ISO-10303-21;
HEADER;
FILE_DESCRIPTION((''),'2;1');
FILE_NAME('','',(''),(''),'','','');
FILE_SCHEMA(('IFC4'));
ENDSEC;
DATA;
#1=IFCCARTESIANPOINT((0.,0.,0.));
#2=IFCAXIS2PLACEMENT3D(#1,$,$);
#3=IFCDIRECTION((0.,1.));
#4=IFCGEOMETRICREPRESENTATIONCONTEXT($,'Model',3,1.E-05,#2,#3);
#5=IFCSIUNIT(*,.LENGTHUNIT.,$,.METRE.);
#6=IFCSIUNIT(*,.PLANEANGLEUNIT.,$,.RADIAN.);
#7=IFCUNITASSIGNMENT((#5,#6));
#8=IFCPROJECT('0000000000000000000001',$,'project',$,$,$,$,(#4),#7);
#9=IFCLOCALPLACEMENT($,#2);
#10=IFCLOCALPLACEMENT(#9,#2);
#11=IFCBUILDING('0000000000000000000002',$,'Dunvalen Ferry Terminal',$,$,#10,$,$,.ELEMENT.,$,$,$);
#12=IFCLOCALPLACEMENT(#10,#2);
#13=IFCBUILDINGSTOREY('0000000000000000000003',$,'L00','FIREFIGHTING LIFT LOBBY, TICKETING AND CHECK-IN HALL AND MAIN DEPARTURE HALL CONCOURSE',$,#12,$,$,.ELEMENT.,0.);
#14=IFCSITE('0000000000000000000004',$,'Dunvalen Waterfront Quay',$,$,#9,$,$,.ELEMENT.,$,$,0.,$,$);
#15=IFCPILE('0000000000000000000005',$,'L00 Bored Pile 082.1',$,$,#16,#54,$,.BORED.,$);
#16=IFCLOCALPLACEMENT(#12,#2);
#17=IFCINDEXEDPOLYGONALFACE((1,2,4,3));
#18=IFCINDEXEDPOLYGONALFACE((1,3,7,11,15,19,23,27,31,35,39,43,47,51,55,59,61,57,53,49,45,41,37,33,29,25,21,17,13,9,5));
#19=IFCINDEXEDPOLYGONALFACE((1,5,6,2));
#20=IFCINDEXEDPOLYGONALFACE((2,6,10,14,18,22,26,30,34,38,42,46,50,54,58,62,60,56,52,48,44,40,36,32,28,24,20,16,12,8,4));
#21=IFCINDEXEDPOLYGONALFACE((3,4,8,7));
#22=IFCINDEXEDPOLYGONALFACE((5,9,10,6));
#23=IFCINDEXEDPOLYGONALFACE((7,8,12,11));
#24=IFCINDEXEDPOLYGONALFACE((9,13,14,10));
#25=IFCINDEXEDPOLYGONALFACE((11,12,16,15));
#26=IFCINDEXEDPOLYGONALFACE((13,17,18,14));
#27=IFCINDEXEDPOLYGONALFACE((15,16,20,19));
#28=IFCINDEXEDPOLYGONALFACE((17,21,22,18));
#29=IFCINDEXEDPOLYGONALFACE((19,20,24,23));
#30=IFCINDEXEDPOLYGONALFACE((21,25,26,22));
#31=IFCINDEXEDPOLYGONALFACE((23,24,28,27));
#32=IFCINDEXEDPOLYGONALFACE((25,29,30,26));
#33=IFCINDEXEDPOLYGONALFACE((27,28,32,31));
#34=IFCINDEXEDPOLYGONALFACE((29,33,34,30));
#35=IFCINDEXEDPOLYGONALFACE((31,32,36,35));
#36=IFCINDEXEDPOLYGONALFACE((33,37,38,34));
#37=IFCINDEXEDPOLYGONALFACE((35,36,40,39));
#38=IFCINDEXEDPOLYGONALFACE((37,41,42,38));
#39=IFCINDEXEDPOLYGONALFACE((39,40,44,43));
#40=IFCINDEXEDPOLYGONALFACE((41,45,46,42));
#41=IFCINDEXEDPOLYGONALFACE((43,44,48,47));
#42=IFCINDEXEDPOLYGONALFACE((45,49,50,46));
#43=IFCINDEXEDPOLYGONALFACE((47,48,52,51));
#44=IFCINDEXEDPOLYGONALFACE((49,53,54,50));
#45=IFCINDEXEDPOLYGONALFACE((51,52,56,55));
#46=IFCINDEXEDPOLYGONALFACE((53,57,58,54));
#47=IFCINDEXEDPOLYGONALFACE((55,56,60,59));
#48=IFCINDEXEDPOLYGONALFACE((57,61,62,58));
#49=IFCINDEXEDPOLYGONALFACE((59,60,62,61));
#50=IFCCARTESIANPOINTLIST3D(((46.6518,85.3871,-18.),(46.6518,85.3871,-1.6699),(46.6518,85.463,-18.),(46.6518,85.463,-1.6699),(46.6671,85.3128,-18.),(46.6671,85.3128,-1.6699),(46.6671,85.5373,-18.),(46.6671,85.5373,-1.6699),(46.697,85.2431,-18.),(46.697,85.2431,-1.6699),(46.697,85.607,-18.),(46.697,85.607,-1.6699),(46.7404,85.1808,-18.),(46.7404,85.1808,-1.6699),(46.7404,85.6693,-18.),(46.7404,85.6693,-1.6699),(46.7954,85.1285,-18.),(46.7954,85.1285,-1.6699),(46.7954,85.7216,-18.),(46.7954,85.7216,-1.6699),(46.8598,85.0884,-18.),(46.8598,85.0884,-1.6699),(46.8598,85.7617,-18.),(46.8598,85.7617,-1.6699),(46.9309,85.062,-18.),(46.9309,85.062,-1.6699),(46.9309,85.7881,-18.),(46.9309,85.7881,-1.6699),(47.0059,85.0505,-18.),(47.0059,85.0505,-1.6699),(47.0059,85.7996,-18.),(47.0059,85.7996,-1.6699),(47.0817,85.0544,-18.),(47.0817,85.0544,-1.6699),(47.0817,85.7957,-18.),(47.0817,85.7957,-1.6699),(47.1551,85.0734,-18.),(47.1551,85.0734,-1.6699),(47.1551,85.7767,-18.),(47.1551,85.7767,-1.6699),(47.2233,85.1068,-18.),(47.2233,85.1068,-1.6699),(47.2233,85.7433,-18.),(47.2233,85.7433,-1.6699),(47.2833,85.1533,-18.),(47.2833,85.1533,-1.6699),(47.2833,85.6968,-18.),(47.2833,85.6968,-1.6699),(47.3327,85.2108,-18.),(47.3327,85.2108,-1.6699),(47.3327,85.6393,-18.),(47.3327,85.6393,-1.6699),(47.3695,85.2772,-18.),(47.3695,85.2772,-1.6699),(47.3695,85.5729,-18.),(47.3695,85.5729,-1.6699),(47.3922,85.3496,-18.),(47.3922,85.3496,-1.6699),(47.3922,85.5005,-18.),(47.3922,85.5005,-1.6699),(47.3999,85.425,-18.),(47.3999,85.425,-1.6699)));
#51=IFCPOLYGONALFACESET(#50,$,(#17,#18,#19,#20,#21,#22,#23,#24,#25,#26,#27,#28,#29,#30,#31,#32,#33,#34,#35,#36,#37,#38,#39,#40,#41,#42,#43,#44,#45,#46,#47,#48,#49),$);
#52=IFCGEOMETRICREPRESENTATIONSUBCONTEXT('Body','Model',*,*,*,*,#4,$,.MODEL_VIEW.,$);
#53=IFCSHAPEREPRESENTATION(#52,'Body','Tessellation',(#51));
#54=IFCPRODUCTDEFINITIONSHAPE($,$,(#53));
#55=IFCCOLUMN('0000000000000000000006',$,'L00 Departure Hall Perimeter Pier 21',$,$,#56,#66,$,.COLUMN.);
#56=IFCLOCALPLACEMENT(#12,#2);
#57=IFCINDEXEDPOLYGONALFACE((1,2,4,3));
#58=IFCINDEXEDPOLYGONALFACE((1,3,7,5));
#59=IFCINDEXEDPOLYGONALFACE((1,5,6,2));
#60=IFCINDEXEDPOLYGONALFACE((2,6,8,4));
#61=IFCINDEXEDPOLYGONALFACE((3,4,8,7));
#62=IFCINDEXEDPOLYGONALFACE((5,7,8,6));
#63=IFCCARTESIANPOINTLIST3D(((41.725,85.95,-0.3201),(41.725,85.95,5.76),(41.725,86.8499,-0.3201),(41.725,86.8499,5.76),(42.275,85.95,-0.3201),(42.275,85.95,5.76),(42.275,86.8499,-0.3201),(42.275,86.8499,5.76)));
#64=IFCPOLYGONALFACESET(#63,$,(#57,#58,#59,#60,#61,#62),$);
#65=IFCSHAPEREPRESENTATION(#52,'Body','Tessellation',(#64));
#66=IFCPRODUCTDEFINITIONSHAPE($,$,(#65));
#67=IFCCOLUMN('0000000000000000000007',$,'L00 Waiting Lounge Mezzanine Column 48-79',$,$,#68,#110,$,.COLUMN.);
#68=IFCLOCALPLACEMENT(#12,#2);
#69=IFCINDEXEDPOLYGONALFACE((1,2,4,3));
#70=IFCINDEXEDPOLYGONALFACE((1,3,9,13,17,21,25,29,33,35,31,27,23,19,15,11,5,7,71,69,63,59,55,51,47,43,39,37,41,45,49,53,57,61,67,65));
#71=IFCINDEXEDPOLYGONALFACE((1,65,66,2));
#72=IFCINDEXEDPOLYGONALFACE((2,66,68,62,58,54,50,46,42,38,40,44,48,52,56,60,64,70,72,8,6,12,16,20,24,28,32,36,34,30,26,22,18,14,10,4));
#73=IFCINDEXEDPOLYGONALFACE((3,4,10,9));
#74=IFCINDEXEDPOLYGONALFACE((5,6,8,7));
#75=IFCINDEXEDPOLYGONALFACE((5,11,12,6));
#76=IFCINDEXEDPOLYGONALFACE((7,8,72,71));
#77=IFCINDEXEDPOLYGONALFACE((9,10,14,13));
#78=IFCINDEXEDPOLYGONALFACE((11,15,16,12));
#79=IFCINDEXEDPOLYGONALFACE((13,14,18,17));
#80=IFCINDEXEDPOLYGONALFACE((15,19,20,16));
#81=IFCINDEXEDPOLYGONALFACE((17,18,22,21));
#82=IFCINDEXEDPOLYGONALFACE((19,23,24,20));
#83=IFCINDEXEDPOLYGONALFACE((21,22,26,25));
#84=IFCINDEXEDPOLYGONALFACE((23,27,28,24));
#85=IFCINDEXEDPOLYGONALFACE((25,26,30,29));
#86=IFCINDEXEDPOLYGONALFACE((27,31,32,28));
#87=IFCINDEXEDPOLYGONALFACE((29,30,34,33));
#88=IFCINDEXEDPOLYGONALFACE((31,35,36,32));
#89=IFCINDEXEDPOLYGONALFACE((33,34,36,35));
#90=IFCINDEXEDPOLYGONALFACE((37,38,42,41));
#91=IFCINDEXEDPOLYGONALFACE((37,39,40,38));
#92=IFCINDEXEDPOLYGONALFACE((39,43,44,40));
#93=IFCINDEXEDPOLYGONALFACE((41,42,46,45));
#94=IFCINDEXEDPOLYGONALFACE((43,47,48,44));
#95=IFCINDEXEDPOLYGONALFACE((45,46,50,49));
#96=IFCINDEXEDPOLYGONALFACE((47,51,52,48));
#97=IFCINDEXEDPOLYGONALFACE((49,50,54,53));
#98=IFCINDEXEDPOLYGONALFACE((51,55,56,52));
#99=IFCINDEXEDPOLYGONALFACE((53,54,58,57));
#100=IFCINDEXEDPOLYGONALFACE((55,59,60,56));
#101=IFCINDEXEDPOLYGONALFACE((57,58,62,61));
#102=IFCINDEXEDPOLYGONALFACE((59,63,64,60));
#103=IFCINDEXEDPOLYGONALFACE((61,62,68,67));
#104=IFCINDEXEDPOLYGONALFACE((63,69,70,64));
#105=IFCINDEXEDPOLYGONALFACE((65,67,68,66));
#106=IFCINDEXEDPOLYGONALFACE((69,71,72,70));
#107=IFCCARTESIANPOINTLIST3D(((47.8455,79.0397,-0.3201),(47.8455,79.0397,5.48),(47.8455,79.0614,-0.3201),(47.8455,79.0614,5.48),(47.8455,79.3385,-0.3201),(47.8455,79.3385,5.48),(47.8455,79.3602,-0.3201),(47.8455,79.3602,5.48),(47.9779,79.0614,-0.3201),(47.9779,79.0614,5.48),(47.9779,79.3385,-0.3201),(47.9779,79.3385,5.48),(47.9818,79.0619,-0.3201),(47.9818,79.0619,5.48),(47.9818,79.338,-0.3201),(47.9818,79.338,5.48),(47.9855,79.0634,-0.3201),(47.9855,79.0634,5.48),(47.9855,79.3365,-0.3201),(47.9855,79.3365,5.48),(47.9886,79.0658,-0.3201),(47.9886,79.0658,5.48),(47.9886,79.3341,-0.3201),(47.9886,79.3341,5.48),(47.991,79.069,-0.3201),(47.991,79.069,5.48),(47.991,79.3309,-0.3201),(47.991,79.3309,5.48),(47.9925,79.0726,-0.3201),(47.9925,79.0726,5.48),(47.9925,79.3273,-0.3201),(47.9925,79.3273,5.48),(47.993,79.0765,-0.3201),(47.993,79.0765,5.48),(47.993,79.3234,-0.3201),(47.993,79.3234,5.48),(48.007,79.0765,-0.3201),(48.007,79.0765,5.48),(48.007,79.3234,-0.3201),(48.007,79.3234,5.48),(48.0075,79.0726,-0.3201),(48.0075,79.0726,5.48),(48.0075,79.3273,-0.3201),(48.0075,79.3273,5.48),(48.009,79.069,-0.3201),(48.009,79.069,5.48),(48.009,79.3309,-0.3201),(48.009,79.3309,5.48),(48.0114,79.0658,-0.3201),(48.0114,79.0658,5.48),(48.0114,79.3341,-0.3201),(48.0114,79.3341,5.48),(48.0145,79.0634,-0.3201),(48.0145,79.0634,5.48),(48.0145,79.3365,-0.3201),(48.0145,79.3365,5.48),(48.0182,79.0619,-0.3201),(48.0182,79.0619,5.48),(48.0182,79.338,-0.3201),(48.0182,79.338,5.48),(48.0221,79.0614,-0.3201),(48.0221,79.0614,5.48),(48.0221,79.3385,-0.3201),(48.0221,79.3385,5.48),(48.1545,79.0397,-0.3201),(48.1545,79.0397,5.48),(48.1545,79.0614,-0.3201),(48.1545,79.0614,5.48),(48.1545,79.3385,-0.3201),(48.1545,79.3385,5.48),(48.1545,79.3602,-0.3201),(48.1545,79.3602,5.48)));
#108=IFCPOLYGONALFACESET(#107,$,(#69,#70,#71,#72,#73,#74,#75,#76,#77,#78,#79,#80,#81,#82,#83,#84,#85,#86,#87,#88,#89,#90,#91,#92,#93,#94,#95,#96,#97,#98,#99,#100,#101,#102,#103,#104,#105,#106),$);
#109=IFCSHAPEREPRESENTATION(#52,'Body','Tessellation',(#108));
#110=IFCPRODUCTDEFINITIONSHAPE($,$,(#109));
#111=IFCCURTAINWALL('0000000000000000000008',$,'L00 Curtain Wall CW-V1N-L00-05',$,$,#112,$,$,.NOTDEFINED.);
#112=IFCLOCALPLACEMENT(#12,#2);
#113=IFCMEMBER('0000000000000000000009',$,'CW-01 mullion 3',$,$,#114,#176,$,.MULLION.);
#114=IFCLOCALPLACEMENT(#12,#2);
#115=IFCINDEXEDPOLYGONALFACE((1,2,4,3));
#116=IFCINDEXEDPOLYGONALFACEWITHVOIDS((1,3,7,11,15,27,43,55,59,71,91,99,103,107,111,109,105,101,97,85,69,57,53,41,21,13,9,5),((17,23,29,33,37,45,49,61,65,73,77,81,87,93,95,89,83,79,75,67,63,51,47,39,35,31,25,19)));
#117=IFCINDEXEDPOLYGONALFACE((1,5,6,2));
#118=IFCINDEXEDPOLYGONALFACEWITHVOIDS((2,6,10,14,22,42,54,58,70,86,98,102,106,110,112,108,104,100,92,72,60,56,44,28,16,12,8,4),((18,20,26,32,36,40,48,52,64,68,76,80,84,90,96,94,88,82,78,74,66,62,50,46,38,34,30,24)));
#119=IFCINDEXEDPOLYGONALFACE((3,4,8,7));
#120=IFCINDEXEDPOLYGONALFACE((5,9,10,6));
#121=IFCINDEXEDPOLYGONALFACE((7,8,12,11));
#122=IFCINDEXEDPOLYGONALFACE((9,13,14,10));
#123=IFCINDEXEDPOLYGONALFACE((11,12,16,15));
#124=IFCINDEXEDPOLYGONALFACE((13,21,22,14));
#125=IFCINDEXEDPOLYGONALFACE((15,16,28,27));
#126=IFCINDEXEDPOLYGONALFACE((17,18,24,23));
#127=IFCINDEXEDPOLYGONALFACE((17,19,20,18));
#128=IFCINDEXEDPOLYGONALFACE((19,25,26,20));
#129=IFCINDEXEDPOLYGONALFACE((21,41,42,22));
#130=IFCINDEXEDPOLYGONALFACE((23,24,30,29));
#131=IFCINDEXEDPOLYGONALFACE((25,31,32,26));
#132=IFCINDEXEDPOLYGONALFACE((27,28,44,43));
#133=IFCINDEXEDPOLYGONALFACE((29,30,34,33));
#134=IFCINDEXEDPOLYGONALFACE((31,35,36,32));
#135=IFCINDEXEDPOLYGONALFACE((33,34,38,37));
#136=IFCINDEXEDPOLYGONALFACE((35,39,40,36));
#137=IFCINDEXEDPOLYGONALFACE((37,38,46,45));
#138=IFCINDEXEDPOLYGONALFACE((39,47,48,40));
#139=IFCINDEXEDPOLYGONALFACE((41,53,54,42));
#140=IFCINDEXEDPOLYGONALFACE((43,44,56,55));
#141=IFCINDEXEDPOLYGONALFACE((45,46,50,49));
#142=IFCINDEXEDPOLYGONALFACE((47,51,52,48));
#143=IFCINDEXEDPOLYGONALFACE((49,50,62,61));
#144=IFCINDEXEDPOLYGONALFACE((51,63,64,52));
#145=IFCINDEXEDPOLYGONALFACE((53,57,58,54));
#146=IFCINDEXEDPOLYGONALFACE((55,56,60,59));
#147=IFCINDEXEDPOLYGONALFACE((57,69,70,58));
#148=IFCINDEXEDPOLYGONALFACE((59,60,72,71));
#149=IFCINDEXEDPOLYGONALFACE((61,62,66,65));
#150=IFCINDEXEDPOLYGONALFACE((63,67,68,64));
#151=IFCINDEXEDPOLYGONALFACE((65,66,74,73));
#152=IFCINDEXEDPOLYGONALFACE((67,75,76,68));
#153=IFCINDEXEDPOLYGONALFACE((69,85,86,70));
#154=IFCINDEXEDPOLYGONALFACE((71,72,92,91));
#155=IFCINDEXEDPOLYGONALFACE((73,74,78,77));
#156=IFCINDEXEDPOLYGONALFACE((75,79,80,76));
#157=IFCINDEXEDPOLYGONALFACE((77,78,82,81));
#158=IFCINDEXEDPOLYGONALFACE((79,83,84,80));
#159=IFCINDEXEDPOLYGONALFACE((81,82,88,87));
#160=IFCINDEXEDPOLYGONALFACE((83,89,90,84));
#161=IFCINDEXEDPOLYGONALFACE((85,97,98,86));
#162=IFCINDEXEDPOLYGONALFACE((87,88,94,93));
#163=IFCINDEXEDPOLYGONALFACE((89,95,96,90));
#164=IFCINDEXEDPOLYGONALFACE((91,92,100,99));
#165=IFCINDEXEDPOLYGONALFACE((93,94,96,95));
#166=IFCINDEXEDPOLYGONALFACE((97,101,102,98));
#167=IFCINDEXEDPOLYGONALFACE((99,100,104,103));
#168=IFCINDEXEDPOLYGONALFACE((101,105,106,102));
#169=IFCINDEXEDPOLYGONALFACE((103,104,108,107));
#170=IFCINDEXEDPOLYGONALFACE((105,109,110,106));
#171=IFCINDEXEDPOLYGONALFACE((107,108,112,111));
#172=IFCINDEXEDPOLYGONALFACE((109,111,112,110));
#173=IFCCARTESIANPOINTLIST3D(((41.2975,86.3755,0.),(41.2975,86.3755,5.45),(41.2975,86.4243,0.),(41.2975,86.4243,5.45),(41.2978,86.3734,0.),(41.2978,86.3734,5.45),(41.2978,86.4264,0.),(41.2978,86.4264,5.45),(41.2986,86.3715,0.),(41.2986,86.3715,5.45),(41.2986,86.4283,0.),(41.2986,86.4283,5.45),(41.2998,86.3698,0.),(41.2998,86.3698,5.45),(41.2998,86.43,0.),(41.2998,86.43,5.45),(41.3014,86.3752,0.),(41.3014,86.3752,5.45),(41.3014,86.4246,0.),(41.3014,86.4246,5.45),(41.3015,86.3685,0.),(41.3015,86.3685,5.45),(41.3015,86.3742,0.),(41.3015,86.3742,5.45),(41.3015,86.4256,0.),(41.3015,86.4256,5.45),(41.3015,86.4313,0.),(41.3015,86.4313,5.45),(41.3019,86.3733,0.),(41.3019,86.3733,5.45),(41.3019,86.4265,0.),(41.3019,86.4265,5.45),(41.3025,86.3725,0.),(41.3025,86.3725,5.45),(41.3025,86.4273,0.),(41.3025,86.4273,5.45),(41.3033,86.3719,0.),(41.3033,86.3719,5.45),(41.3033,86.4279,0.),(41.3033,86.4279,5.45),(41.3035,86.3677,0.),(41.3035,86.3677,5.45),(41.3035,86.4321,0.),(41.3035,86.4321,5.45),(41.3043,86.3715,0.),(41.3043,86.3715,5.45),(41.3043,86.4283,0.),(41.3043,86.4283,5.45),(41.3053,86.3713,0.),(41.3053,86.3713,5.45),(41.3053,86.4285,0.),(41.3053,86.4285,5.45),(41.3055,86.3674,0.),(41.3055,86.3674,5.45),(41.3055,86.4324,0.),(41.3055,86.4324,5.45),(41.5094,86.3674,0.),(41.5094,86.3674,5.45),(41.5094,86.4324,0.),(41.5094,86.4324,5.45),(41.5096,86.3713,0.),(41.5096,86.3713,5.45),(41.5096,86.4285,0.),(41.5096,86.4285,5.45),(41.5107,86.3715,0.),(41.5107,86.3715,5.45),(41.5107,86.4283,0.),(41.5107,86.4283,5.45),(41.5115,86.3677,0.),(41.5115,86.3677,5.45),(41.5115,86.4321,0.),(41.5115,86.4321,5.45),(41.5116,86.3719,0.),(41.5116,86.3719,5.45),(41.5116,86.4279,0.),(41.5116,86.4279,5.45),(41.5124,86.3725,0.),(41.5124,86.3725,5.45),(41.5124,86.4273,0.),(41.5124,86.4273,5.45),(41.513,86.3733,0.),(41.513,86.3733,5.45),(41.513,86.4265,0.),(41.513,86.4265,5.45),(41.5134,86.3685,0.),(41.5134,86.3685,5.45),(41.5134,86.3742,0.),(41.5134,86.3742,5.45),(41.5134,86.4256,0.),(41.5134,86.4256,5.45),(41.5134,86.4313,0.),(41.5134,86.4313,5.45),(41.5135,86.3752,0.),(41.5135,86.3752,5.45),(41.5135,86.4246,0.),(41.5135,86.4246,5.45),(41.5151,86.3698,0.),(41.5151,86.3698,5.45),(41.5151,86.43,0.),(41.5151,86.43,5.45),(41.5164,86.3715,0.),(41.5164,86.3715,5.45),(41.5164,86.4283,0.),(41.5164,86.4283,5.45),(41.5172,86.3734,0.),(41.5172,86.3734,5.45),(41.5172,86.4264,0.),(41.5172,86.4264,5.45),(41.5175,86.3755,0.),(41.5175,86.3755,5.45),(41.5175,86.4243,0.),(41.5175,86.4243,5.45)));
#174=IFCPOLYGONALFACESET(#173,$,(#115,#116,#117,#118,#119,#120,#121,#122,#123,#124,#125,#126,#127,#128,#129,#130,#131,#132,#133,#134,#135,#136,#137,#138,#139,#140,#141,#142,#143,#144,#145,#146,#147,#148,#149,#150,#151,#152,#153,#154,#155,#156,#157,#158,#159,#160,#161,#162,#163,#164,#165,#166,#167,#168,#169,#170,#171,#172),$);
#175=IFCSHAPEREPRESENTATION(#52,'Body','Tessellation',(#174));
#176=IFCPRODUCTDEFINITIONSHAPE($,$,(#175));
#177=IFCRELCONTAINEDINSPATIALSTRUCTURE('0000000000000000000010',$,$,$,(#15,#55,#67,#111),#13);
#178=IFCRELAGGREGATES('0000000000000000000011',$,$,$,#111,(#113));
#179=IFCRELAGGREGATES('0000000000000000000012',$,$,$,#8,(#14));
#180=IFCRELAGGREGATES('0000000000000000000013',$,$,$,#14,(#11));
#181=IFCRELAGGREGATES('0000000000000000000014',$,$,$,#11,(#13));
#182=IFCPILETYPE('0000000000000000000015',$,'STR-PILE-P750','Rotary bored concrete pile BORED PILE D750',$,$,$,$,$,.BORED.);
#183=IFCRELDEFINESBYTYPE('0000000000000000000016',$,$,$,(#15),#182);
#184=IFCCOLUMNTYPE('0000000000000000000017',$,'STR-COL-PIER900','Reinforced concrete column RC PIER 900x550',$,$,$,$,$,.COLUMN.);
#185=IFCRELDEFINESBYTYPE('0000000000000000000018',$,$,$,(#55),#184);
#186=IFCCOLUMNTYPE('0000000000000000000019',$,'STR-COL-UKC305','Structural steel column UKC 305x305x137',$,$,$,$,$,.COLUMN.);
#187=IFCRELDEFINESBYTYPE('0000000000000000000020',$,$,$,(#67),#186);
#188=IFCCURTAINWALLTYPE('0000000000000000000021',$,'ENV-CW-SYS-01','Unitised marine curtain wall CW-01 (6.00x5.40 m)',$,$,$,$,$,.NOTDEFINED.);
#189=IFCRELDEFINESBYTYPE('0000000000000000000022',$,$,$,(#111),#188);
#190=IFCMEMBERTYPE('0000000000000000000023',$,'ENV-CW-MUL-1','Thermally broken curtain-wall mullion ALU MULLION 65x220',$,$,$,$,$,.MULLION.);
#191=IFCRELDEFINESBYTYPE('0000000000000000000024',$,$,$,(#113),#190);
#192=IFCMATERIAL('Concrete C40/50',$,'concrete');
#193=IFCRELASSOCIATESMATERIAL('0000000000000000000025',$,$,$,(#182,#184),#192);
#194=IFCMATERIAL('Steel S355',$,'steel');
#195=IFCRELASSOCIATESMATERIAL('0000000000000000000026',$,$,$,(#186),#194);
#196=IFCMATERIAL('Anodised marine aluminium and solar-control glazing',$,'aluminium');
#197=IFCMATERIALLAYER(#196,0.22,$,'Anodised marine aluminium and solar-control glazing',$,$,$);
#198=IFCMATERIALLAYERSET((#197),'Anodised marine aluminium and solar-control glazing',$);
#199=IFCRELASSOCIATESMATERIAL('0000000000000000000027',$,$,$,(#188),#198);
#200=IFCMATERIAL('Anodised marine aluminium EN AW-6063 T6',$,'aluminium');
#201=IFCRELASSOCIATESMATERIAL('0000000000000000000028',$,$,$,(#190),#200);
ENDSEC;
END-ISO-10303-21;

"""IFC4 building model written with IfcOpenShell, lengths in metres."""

from ifc_helpers import new_model, si_unit, direction, frame, origin, origin_2d, place, context, subcontext, project, spatial, rectangle, hollow_rectangle, circle, i_section, extrude, material, layer, layer_set, material_profile, profile_set, type_object, element, aggregate, save


model = new_model("IFC4")

# Units and contexts
model_context = context("Model", 3, precision=1e-05, world=origin(), true_north=direction((0.0, 1.0)))
body_context = subcontext(model_context, "Body", "Model", "MODEL_VIEW")
ifc_project = project(units=[si_unit("LENGTHUNIT", "METRE"), si_unit("PLANEANGLEUNIT", "RADIAN")], contexts=[model_context])

# Site, building, storey
site_placement = place(None, origin())
site = spatial("IfcSite", under=ifc_project, at=site_placement, Name="Dunvalen Waterfront Quay", CompositionType="ELEMENT", RefElevation=0.0)
building_placement = place(site_placement, origin())
building = spatial("IfcBuilding", under=site, at=building_placement, Name="Dunvalen Ferry Terminal", CompositionType="ELEMENT")
storey_placement = place(building_placement, origin())
storey = spatial("IfcBuildingStorey", under=building, at=storey_placement, Name="L00", Description="FIREFIGHTING LIFT LOBBY, TICKETING AND CHECK-IN HALL AND MAIN DEPARTURE HALL CONCOURSE", CompositionType="ELEMENT", Elevation=0.0)

# Shared definitions
ifc_material_1 = material(Name="Concrete C40/50", Category="concrete")

# Pile
ifc_material_profile_1 = material_profile(ifc_material_1, circle(Radius=0.375, at=origin_2d()), Name="Concrete C40/50")
ifc_profile_set_1 = profile_set([ifc_material_profile_1], Name="Concrete C40/50")
pile_type_1 = type_object("IfcPileType", Name="STR-PILE-P750", Description="Rotary bored concrete pile BORED PILE D750", PredefinedType="BORED", material=ifc_profile_set_1)
pile_1_placement = place(storey_placement, frame((47.0249, 85.425, -1.6699), z_axis=(0.0, 0.0, -1.0), x_axis=(1.0, 0.0, 0.0)))
element("IfcPile", 1, at=pile_1_placement, inside=storey, type_object=pile_type_1, Name="L00 Bored Pile 082.1", PredefinedType="BORED", context=body_context, shape_type="SweptSolid", body=[
    extrude(circle(Radius=0.375, at=origin_2d()), origin(), (0.0, 0.0, 1.0), 16.3301),
])

# Columns
ifc_material_profile_2 = material_profile(ifc_material_1, rectangle(XDim=0.55, YDim=0.8999, at=origin_2d()), Name="Concrete C40/50")
ifc_profile_set_2 = profile_set([ifc_material_profile_2], Name="Concrete C40/50")
column_type_1 = type_object("IfcColumnType", Name="STR-COL-PIER900", Description="Reinforced concrete column RC PIER 900x550", PredefinedType="COLUMN", material=ifc_profile_set_2)
column_1_placement = place(storey_placement, frame((42.0, 86.3999, -0.3201), z_axis=(0.0, 0.0, 1.0), x_axis=(1.0, 0.0, 0.0)))
element("IfcColumn", 2, at=column_1_placement, inside=storey, type_object=column_type_1, Name="L00 Departure Hall Perimeter Pier 21", PredefinedType="COLUMN", context=body_context, shape_type="SweptSolid", body=[
    extrude(rectangle(XDim=0.55, YDim=0.8999, at=origin_2d()), origin(), (0.0, 0.0, 1.0), 6.0801),
])
ifc_material_2 = material(Name="Steel S355", Category="steel")
ifc_material_profile_3 = material_profile(ifc_material_2, i_section(OverallWidth=0.3091, OverallDepth=0.3206, WebThickness=0.0139, FlangeThickness=0.0217, FilletRadius=0.0151, at=origin_2d()), Name="Steel S355")
ifc_profile_set_3 = profile_set([ifc_material_profile_3], Name="Steel S355")
column_type_2 = type_object("IfcColumnType", Name="STR-COL-UKC305", Description="Structural steel column UKC 305x305x137", PredefinedType="COLUMN", material=ifc_profile_set_3)
column_2_placement = place(storey_placement, frame((48.0, 79.2, -0.3201), z_axis=(0.0, 0.0, 1.0), x_axis=(1.0, 0.0, 0.0)))
element("IfcColumn", 3, at=column_2_placement, inside=storey, type_object=column_type_2, Name="L00 Waiting Lounge Mezzanine Column 48-79", PredefinedType="COLUMN", context=body_context, shape_type="SweptSolid", body=[
    extrude(i_section(OverallWidth=0.3091, OverallDepth=0.3206, WebThickness=0.0139, FlangeThickness=0.0217, FilletRadius=0.0151, at=origin_2d()), origin(), (0.0, 0.0, 1.0), 5.8),
])

# Curtain wall, member
ifc_material_3 = material(Name="Anodised marine aluminium and solar-control glazing", Category="aluminium")
ifc_layer_1 = layer(ifc_material_3, 0.22, Name="Anodised marine aluminium and solar-control glazing")
ifc_layer_set_1 = layer_set([ifc_layer_1], Name="Anodised marine aluminium and solar-control glazing")
curtain_wall_type = type_object("IfcCurtainWallType", Name="ENV-CW-SYS-01", Description="Unitised marine curtain wall CW-01 (6.00x5.40 m)", PredefinedType="NOTDEFINED", material=ifc_layer_set_1)
curtain_wall_1_placement = place(storey_placement, origin())
curtain_wall_1 = element("IfcCurtainWall", 4, at=curtain_wall_1_placement, inside=storey, type_object=curtain_wall_type, Name="L00 Curtain Wall CW-V1N-L00-05", PredefinedType="NOTDEFINED")
ifc_material_4 = material(Name="Anodised marine aluminium EN AW-6063 T6", Category="aluminium")
ifc_material_profile_4 = material_profile(ifc_material_4, hollow_rectangle(XDim=0.0649, YDim=0.22, WallThickness=0.0039, InnerFilletRadius=0.0039, OuterFilletRadius=0.0081, at=origin_2d()), Name="Anodised marine aluminium EN AW-6063 T6")
ifc_profile_set_4 = profile_set([ifc_material_profile_4], Name="Anodised marine aluminium EN AW-6063 T6")
member_type_1 = type_object("IfcMemberType", Name="ENV-CW-MUL-1", Description="Thermally broken curtain-wall mullion ALU MULLION 65x220", PredefinedType="MULLION", material=ifc_profile_set_4)
member_1_placement = place(storey_placement, frame((41.4075, 86.3999, 0.0), z_axis=(0.0, 0.0, 1.0), x_axis=(0.0, 1.0, 0.0)))
member_1 = element("IfcMember", 5, at=member_1_placement, type_object=member_type_1, Name="CW-01 mullion 3", PredefinedType="MULLION", context=body_context, shape_type="SweptSolid", body=[
    extrude(hollow_rectangle(XDim=0.0649, YDim=0.22, WallThickness=0.0039, InnerFilletRadius=0.0039, OuterFilletRadius=0.0081, at=origin_2d()), origin(), (0.0, 0.0, 1.0), 5.45),
])
aggregate(curtain_wall_1, [member_1])

save(model, "model.ifc")
